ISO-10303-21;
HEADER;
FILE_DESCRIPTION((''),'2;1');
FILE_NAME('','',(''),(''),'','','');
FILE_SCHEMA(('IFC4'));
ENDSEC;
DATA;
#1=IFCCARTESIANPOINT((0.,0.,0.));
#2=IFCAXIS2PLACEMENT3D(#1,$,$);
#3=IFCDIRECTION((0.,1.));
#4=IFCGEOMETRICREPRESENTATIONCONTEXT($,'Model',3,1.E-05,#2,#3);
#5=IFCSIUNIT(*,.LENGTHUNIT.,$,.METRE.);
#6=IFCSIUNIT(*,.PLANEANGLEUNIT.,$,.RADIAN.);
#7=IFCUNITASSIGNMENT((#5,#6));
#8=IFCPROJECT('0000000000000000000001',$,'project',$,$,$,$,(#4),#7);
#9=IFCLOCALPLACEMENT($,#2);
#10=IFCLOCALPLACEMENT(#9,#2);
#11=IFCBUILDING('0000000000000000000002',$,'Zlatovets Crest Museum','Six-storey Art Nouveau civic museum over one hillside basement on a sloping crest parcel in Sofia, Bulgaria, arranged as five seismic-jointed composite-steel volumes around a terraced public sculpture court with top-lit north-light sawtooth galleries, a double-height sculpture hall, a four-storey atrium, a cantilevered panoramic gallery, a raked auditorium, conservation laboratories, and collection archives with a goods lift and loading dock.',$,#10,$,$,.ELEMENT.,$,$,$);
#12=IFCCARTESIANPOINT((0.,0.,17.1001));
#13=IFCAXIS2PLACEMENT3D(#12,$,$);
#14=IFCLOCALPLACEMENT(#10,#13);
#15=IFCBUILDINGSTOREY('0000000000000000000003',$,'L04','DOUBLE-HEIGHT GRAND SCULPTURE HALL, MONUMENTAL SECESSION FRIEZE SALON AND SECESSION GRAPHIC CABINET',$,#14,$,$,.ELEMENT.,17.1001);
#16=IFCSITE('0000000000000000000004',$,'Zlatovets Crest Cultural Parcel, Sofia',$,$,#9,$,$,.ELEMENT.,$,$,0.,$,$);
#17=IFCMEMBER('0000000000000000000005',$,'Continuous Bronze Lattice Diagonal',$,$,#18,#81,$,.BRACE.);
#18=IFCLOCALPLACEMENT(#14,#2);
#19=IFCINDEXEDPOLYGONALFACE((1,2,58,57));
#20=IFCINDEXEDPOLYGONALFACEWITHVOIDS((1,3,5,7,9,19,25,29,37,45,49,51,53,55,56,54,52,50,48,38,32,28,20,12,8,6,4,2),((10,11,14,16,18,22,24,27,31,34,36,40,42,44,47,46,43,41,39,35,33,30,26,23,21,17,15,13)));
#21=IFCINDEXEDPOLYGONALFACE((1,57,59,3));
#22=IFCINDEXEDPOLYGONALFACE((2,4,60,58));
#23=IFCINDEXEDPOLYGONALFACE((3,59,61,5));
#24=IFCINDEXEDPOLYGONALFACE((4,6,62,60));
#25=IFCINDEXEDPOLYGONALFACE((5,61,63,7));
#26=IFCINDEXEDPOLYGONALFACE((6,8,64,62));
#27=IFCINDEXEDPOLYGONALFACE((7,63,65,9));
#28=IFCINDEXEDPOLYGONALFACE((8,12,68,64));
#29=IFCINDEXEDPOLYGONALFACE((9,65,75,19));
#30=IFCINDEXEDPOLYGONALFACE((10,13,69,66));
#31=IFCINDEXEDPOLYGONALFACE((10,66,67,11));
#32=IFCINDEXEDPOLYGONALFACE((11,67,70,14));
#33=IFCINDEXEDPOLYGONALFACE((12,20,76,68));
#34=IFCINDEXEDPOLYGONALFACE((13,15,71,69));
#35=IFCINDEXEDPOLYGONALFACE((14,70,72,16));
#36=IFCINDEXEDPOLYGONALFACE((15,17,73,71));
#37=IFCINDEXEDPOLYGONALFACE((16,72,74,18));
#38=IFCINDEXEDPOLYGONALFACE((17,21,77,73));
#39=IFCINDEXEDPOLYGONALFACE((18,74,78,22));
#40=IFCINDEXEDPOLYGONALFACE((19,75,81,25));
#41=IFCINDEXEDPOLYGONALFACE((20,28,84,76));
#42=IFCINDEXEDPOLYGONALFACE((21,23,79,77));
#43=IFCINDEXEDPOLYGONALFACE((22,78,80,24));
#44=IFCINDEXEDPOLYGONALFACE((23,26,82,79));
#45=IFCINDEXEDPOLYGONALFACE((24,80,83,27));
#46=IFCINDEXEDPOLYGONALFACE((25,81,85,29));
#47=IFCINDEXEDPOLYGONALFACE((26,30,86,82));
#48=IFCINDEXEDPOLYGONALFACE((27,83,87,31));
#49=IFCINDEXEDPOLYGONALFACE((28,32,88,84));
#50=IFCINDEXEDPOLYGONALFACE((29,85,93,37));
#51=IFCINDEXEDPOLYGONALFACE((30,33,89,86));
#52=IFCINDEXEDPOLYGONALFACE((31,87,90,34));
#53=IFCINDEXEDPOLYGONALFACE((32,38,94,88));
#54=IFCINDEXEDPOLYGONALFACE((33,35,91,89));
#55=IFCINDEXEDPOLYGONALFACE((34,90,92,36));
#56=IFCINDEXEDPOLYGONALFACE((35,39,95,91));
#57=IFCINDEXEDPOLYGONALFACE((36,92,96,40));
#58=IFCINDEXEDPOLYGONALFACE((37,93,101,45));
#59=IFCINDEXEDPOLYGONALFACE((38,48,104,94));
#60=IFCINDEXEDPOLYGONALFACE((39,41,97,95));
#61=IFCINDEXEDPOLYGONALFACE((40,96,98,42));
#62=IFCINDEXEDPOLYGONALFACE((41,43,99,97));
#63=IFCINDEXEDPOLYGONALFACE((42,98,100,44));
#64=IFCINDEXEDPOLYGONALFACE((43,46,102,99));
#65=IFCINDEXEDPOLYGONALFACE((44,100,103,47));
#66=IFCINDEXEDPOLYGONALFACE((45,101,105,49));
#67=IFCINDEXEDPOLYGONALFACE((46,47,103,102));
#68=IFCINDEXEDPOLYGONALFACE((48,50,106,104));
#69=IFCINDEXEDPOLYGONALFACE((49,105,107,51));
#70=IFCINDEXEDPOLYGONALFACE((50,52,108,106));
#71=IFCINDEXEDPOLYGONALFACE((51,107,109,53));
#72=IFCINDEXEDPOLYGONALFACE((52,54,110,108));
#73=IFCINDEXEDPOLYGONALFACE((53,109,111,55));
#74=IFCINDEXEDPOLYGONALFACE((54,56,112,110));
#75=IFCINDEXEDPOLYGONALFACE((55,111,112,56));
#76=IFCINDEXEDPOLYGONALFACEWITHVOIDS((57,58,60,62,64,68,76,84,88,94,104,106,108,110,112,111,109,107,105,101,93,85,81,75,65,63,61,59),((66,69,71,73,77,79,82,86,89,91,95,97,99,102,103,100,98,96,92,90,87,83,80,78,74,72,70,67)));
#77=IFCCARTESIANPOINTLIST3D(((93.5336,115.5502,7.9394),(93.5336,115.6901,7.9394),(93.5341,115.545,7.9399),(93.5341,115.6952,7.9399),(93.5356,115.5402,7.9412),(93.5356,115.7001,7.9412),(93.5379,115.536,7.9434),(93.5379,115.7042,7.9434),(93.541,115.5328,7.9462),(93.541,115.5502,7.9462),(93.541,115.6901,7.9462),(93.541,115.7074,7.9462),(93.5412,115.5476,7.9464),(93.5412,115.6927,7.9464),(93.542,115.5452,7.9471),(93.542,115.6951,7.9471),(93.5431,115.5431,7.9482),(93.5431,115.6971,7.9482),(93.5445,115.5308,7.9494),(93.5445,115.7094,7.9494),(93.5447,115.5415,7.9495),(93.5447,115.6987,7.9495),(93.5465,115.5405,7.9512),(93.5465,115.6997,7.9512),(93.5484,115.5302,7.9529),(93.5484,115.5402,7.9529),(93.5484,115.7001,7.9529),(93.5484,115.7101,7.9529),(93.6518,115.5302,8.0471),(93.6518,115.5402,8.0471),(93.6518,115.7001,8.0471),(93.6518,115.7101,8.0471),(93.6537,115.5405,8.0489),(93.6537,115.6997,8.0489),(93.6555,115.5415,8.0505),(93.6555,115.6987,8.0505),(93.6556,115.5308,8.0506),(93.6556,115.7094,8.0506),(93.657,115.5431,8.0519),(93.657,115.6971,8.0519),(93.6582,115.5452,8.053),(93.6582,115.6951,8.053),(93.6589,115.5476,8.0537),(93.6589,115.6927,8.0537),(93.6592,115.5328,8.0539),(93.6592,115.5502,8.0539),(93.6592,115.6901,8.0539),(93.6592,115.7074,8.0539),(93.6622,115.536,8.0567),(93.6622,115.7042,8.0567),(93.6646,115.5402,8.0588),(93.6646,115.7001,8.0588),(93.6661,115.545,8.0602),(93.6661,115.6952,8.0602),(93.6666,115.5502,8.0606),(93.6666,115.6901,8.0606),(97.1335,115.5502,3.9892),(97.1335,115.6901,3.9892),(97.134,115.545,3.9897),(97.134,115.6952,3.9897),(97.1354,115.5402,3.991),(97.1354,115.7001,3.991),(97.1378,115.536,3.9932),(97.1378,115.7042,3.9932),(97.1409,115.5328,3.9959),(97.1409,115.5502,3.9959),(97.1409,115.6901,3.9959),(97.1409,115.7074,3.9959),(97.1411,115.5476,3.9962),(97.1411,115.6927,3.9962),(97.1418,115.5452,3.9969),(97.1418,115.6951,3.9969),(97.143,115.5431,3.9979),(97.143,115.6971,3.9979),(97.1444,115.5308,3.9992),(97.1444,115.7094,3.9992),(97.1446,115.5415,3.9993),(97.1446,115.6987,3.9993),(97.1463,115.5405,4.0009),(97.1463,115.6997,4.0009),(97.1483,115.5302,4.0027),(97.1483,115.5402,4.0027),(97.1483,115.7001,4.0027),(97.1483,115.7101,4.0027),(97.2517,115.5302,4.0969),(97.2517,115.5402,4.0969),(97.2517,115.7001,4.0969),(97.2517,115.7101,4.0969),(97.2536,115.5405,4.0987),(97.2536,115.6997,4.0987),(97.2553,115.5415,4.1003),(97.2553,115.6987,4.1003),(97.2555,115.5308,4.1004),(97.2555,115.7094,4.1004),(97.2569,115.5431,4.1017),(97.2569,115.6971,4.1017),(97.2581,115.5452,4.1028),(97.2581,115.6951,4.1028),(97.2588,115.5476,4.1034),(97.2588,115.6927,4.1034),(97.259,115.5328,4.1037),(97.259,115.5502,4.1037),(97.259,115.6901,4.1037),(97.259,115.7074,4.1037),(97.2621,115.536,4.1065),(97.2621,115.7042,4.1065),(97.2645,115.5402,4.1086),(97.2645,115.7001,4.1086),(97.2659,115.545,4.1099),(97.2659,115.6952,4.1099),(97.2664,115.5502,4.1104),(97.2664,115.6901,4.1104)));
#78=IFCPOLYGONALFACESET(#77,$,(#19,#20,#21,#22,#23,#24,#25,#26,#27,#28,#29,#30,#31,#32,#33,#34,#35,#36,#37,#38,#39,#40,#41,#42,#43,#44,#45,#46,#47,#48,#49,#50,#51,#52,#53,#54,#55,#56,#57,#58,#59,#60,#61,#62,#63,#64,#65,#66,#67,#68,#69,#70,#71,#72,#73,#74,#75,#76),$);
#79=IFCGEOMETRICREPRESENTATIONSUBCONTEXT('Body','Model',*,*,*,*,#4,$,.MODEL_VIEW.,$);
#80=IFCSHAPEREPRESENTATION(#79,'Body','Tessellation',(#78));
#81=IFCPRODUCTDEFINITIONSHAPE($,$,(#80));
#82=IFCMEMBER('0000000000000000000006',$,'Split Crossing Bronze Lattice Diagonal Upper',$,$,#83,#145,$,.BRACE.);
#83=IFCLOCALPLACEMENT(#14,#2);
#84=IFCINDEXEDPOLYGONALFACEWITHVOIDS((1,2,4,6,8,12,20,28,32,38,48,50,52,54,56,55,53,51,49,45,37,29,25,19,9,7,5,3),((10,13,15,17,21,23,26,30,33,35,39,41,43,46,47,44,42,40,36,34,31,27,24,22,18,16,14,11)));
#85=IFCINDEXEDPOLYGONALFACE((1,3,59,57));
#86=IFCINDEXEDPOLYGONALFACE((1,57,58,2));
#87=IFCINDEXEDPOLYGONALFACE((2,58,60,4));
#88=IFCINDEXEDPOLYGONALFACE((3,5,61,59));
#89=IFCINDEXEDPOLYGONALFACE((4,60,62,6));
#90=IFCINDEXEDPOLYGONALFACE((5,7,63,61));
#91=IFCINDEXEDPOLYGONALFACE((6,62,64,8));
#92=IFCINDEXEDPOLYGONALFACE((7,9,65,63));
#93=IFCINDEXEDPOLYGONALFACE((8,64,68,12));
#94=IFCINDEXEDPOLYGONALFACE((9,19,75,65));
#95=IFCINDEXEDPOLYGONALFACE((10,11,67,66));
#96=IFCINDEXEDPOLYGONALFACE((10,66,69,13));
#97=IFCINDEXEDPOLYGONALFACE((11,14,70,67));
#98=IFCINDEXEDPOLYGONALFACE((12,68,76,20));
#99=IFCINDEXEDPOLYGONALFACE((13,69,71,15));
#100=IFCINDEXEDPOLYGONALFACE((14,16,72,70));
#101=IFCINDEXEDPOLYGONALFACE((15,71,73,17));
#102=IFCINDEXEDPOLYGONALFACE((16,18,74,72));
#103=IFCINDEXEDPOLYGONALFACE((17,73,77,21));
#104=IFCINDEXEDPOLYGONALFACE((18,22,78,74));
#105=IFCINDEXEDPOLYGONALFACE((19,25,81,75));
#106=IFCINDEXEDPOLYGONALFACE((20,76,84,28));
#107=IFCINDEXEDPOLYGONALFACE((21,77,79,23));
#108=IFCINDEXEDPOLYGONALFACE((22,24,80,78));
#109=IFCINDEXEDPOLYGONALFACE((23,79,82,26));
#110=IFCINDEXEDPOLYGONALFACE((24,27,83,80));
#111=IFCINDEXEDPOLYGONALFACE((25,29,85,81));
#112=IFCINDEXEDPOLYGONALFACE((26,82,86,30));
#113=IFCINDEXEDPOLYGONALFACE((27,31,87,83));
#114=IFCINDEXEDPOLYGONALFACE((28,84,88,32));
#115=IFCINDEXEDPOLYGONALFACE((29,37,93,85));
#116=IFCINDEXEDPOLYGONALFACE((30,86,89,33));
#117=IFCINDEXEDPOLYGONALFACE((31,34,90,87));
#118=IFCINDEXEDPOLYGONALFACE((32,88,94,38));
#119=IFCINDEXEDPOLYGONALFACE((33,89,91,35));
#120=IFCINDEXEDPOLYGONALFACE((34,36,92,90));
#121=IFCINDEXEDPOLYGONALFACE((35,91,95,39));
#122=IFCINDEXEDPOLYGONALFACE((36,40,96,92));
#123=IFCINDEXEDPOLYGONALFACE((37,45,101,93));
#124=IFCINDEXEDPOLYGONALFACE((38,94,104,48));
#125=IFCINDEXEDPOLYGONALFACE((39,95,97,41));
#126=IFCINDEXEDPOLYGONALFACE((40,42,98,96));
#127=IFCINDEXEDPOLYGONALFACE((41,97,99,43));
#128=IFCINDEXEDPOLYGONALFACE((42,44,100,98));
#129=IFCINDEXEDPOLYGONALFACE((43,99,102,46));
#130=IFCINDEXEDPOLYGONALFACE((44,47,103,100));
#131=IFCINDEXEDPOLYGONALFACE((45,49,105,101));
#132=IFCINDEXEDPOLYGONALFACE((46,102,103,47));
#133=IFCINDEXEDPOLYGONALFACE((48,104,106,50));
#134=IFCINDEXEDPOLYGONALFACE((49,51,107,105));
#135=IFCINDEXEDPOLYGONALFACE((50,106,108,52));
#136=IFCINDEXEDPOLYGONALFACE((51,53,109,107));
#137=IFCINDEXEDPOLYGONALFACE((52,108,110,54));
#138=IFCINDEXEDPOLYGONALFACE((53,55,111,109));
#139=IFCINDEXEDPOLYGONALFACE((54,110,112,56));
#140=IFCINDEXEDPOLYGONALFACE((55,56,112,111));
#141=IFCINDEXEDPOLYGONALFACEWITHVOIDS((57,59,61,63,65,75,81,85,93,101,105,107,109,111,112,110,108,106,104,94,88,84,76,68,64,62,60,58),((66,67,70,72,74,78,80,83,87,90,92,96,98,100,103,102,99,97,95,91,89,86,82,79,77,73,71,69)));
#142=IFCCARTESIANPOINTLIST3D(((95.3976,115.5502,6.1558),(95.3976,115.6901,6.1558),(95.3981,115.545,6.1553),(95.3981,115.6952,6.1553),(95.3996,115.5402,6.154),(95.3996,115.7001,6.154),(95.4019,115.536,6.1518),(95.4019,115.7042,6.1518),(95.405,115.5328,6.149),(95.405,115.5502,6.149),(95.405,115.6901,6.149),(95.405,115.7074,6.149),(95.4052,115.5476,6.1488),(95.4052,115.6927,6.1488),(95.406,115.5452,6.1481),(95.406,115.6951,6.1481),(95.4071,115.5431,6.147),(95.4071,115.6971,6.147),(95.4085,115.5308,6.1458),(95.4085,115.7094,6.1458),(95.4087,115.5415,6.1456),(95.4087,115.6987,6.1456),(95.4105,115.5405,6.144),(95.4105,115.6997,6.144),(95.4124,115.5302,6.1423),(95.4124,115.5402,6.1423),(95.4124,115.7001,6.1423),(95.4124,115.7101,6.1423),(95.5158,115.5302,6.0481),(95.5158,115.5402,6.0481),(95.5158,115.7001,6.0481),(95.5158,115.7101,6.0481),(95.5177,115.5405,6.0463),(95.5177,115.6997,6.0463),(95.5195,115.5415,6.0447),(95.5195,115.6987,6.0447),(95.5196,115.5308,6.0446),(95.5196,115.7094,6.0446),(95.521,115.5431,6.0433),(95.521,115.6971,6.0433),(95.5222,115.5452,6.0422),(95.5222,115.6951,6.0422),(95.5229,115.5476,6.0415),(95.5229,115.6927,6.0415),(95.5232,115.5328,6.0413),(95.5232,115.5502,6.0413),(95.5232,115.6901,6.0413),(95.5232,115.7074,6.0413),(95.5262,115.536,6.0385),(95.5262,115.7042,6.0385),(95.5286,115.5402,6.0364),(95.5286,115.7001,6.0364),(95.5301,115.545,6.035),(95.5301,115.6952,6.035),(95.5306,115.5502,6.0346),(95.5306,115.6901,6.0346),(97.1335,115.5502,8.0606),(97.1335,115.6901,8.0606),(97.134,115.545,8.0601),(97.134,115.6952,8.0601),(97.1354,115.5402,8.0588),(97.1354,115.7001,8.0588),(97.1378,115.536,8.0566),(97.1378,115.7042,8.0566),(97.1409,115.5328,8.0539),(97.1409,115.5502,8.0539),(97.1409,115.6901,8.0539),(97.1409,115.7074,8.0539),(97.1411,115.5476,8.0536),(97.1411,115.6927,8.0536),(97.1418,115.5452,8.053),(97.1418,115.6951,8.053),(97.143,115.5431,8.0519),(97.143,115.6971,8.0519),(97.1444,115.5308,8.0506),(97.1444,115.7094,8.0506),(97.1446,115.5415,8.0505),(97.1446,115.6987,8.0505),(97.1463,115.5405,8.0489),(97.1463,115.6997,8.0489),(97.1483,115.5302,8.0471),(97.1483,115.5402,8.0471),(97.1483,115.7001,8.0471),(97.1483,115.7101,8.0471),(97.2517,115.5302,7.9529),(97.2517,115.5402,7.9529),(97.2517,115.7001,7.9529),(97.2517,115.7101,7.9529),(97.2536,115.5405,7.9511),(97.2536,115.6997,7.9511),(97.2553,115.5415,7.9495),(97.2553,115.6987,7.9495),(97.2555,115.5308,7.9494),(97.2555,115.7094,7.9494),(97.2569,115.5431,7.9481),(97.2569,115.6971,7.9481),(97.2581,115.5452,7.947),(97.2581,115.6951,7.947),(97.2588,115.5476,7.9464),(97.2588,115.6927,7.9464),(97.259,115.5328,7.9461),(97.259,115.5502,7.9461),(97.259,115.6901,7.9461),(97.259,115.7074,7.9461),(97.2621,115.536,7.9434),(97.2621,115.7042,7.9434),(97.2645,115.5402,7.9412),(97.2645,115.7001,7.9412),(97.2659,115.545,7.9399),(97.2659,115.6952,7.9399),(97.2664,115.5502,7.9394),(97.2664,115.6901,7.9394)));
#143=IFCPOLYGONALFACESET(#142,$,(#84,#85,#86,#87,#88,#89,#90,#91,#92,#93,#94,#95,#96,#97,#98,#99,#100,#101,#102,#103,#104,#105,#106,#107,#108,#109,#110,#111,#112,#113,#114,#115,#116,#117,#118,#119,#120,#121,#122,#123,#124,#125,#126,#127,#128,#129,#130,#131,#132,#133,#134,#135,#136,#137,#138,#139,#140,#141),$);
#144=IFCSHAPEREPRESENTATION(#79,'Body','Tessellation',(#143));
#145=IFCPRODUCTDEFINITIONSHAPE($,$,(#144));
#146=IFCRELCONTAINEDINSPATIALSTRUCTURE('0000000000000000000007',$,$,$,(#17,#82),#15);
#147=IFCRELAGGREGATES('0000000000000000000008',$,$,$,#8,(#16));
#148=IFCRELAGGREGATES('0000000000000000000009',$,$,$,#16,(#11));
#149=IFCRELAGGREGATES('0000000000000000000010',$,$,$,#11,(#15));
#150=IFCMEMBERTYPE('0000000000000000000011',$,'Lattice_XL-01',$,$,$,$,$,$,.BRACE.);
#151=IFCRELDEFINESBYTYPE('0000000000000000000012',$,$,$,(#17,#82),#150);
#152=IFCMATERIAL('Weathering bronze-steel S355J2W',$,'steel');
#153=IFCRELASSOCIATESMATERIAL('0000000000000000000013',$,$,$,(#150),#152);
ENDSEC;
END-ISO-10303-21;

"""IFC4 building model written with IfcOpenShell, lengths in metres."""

from ifc_helpers import new_model, si_unit, direction, frame, origin, origin_2d, place, context, subcontext, project, spatial, hollow_rectangle, extrude, material, material_profile, profile_set, type_object, element, save


model = new_model("IFC4")

# Units and contexts
model_context = context("Model", 3, precision=1e-05, world=origin(), true_north=direction((0.0, 1.0)))
body_context = subcontext(model_context, "Body", "Model", "MODEL_VIEW")
ifc_project = project(units=[si_unit("LENGTHUNIT", "METRE"), si_unit("PLANEANGLEUNIT", "RADIAN")], contexts=[model_context])

# Site, building, storey
site_placement = place(None, origin())
site = spatial("IfcSite", under=ifc_project, at=site_placement, Name="Zlatovets Crest Cultural Parcel, Sofia", CompositionType="ELEMENT", RefElevation=0.0)
building_placement = place(site_placement, origin())
building = spatial("IfcBuilding", under=site, at=building_placement, Name="Zlatovets Crest Museum", Description="Six-storey Art Nouveau civic museum over one hillside basement on a sloping crest parcel in Sofia, Bulgaria, arranged as five seismic-jointed composite-steel volumes around a terraced public sculpture court with top-lit north-light sawtooth galleries, a double-height sculpture hall, a four-storey atrium, a cantilevered panoramic gallery, a raked auditorium, conservation laboratories, and collection archives with a goods lift and loading dock.", CompositionType="ELEMENT")
storey_placement = place(building_placement, frame((0.0, 0.0, 17.1001)))
storey = spatial("IfcBuildingStorey", under=building, at=storey_placement, Name="L04", Description="DOUBLE-HEIGHT GRAND SCULPTURE HALL, MONUMENTAL SECESSION FRIEZE SALON AND SECESSION GRAPHIC CABINET", CompositionType="ELEMENT", Elevation=17.1001)

# Members
ifc_material_1 = material(Name="Weathering bronze-steel S355J2W", Category="steel")
ifc_material_profile_1 = material_profile(ifc_material_1, hollow_rectangle(XDim=0.1799, YDim=0.1799, WallThickness=0.01, InnerFilletRadius=0.01, OuterFilletRadius=0.02, at=origin_2d()), Name="SHS 180x180x10.0")
ifc_profile_set_1 = profile_set([ifc_material_profile_1], Name="Weathering bronze-steel S355J2W")
member_type_1 = type_object("IfcMemberType", Name="Lattice_XL-01", PredefinedType="BRACE", material=ifc_profile_set_1)
member_1_placement = place(storey_placement, frame((97.2, 115.6201, 4.0498), z_axis=(-0.67357, 0.0, 0.739123), x_axis=(0.0, -1.0, 0.0)))
element("IfcMember", 1, at=member_1_placement, inside=storey, type_object=member_type_1, Name="Continuous Bronze Lattice Diagonal", PredefinedType="BRACE", context=body_context, shape_type="SweptSolid", body=[
    extrude(hollow_rectangle(XDim=0.1799, YDim=0.1799, WallThickness=0.01, InnerFilletRadius=0.01, OuterFilletRadius=0.02, at=origin_2d()), origin(), (0.0, 0.0, 1.0), 5.3445),
])
for number, where, z_axis, x_axis, name in (
    (2, (97.2, 115.6201, 8.0), (-0.673568, 0.0, -0.739125), (0.0, -1.0, 0.0), "Split Crossing Bronze Lattice Diagonal Upper"),
):
    element("IfcMember", number, at=place(storey_placement, frame(where, z_axis=z_axis, x_axis=x_axis)), inside=storey, type_object=member_type_1, Name=name, PredefinedType="BRACE", context=body_context, shape_type="SweptSolid", body=[
        extrude(hollow_rectangle(XDim=0.1799, YDim=0.1799, WallThickness=0.01, InnerFilletRadius=0.01, OuterFilletRadius=0.02, at=origin_2d()), origin(), (0.0, 0.0, 1.0), 2.5771),
    ])

save(model, "model.ifc")
